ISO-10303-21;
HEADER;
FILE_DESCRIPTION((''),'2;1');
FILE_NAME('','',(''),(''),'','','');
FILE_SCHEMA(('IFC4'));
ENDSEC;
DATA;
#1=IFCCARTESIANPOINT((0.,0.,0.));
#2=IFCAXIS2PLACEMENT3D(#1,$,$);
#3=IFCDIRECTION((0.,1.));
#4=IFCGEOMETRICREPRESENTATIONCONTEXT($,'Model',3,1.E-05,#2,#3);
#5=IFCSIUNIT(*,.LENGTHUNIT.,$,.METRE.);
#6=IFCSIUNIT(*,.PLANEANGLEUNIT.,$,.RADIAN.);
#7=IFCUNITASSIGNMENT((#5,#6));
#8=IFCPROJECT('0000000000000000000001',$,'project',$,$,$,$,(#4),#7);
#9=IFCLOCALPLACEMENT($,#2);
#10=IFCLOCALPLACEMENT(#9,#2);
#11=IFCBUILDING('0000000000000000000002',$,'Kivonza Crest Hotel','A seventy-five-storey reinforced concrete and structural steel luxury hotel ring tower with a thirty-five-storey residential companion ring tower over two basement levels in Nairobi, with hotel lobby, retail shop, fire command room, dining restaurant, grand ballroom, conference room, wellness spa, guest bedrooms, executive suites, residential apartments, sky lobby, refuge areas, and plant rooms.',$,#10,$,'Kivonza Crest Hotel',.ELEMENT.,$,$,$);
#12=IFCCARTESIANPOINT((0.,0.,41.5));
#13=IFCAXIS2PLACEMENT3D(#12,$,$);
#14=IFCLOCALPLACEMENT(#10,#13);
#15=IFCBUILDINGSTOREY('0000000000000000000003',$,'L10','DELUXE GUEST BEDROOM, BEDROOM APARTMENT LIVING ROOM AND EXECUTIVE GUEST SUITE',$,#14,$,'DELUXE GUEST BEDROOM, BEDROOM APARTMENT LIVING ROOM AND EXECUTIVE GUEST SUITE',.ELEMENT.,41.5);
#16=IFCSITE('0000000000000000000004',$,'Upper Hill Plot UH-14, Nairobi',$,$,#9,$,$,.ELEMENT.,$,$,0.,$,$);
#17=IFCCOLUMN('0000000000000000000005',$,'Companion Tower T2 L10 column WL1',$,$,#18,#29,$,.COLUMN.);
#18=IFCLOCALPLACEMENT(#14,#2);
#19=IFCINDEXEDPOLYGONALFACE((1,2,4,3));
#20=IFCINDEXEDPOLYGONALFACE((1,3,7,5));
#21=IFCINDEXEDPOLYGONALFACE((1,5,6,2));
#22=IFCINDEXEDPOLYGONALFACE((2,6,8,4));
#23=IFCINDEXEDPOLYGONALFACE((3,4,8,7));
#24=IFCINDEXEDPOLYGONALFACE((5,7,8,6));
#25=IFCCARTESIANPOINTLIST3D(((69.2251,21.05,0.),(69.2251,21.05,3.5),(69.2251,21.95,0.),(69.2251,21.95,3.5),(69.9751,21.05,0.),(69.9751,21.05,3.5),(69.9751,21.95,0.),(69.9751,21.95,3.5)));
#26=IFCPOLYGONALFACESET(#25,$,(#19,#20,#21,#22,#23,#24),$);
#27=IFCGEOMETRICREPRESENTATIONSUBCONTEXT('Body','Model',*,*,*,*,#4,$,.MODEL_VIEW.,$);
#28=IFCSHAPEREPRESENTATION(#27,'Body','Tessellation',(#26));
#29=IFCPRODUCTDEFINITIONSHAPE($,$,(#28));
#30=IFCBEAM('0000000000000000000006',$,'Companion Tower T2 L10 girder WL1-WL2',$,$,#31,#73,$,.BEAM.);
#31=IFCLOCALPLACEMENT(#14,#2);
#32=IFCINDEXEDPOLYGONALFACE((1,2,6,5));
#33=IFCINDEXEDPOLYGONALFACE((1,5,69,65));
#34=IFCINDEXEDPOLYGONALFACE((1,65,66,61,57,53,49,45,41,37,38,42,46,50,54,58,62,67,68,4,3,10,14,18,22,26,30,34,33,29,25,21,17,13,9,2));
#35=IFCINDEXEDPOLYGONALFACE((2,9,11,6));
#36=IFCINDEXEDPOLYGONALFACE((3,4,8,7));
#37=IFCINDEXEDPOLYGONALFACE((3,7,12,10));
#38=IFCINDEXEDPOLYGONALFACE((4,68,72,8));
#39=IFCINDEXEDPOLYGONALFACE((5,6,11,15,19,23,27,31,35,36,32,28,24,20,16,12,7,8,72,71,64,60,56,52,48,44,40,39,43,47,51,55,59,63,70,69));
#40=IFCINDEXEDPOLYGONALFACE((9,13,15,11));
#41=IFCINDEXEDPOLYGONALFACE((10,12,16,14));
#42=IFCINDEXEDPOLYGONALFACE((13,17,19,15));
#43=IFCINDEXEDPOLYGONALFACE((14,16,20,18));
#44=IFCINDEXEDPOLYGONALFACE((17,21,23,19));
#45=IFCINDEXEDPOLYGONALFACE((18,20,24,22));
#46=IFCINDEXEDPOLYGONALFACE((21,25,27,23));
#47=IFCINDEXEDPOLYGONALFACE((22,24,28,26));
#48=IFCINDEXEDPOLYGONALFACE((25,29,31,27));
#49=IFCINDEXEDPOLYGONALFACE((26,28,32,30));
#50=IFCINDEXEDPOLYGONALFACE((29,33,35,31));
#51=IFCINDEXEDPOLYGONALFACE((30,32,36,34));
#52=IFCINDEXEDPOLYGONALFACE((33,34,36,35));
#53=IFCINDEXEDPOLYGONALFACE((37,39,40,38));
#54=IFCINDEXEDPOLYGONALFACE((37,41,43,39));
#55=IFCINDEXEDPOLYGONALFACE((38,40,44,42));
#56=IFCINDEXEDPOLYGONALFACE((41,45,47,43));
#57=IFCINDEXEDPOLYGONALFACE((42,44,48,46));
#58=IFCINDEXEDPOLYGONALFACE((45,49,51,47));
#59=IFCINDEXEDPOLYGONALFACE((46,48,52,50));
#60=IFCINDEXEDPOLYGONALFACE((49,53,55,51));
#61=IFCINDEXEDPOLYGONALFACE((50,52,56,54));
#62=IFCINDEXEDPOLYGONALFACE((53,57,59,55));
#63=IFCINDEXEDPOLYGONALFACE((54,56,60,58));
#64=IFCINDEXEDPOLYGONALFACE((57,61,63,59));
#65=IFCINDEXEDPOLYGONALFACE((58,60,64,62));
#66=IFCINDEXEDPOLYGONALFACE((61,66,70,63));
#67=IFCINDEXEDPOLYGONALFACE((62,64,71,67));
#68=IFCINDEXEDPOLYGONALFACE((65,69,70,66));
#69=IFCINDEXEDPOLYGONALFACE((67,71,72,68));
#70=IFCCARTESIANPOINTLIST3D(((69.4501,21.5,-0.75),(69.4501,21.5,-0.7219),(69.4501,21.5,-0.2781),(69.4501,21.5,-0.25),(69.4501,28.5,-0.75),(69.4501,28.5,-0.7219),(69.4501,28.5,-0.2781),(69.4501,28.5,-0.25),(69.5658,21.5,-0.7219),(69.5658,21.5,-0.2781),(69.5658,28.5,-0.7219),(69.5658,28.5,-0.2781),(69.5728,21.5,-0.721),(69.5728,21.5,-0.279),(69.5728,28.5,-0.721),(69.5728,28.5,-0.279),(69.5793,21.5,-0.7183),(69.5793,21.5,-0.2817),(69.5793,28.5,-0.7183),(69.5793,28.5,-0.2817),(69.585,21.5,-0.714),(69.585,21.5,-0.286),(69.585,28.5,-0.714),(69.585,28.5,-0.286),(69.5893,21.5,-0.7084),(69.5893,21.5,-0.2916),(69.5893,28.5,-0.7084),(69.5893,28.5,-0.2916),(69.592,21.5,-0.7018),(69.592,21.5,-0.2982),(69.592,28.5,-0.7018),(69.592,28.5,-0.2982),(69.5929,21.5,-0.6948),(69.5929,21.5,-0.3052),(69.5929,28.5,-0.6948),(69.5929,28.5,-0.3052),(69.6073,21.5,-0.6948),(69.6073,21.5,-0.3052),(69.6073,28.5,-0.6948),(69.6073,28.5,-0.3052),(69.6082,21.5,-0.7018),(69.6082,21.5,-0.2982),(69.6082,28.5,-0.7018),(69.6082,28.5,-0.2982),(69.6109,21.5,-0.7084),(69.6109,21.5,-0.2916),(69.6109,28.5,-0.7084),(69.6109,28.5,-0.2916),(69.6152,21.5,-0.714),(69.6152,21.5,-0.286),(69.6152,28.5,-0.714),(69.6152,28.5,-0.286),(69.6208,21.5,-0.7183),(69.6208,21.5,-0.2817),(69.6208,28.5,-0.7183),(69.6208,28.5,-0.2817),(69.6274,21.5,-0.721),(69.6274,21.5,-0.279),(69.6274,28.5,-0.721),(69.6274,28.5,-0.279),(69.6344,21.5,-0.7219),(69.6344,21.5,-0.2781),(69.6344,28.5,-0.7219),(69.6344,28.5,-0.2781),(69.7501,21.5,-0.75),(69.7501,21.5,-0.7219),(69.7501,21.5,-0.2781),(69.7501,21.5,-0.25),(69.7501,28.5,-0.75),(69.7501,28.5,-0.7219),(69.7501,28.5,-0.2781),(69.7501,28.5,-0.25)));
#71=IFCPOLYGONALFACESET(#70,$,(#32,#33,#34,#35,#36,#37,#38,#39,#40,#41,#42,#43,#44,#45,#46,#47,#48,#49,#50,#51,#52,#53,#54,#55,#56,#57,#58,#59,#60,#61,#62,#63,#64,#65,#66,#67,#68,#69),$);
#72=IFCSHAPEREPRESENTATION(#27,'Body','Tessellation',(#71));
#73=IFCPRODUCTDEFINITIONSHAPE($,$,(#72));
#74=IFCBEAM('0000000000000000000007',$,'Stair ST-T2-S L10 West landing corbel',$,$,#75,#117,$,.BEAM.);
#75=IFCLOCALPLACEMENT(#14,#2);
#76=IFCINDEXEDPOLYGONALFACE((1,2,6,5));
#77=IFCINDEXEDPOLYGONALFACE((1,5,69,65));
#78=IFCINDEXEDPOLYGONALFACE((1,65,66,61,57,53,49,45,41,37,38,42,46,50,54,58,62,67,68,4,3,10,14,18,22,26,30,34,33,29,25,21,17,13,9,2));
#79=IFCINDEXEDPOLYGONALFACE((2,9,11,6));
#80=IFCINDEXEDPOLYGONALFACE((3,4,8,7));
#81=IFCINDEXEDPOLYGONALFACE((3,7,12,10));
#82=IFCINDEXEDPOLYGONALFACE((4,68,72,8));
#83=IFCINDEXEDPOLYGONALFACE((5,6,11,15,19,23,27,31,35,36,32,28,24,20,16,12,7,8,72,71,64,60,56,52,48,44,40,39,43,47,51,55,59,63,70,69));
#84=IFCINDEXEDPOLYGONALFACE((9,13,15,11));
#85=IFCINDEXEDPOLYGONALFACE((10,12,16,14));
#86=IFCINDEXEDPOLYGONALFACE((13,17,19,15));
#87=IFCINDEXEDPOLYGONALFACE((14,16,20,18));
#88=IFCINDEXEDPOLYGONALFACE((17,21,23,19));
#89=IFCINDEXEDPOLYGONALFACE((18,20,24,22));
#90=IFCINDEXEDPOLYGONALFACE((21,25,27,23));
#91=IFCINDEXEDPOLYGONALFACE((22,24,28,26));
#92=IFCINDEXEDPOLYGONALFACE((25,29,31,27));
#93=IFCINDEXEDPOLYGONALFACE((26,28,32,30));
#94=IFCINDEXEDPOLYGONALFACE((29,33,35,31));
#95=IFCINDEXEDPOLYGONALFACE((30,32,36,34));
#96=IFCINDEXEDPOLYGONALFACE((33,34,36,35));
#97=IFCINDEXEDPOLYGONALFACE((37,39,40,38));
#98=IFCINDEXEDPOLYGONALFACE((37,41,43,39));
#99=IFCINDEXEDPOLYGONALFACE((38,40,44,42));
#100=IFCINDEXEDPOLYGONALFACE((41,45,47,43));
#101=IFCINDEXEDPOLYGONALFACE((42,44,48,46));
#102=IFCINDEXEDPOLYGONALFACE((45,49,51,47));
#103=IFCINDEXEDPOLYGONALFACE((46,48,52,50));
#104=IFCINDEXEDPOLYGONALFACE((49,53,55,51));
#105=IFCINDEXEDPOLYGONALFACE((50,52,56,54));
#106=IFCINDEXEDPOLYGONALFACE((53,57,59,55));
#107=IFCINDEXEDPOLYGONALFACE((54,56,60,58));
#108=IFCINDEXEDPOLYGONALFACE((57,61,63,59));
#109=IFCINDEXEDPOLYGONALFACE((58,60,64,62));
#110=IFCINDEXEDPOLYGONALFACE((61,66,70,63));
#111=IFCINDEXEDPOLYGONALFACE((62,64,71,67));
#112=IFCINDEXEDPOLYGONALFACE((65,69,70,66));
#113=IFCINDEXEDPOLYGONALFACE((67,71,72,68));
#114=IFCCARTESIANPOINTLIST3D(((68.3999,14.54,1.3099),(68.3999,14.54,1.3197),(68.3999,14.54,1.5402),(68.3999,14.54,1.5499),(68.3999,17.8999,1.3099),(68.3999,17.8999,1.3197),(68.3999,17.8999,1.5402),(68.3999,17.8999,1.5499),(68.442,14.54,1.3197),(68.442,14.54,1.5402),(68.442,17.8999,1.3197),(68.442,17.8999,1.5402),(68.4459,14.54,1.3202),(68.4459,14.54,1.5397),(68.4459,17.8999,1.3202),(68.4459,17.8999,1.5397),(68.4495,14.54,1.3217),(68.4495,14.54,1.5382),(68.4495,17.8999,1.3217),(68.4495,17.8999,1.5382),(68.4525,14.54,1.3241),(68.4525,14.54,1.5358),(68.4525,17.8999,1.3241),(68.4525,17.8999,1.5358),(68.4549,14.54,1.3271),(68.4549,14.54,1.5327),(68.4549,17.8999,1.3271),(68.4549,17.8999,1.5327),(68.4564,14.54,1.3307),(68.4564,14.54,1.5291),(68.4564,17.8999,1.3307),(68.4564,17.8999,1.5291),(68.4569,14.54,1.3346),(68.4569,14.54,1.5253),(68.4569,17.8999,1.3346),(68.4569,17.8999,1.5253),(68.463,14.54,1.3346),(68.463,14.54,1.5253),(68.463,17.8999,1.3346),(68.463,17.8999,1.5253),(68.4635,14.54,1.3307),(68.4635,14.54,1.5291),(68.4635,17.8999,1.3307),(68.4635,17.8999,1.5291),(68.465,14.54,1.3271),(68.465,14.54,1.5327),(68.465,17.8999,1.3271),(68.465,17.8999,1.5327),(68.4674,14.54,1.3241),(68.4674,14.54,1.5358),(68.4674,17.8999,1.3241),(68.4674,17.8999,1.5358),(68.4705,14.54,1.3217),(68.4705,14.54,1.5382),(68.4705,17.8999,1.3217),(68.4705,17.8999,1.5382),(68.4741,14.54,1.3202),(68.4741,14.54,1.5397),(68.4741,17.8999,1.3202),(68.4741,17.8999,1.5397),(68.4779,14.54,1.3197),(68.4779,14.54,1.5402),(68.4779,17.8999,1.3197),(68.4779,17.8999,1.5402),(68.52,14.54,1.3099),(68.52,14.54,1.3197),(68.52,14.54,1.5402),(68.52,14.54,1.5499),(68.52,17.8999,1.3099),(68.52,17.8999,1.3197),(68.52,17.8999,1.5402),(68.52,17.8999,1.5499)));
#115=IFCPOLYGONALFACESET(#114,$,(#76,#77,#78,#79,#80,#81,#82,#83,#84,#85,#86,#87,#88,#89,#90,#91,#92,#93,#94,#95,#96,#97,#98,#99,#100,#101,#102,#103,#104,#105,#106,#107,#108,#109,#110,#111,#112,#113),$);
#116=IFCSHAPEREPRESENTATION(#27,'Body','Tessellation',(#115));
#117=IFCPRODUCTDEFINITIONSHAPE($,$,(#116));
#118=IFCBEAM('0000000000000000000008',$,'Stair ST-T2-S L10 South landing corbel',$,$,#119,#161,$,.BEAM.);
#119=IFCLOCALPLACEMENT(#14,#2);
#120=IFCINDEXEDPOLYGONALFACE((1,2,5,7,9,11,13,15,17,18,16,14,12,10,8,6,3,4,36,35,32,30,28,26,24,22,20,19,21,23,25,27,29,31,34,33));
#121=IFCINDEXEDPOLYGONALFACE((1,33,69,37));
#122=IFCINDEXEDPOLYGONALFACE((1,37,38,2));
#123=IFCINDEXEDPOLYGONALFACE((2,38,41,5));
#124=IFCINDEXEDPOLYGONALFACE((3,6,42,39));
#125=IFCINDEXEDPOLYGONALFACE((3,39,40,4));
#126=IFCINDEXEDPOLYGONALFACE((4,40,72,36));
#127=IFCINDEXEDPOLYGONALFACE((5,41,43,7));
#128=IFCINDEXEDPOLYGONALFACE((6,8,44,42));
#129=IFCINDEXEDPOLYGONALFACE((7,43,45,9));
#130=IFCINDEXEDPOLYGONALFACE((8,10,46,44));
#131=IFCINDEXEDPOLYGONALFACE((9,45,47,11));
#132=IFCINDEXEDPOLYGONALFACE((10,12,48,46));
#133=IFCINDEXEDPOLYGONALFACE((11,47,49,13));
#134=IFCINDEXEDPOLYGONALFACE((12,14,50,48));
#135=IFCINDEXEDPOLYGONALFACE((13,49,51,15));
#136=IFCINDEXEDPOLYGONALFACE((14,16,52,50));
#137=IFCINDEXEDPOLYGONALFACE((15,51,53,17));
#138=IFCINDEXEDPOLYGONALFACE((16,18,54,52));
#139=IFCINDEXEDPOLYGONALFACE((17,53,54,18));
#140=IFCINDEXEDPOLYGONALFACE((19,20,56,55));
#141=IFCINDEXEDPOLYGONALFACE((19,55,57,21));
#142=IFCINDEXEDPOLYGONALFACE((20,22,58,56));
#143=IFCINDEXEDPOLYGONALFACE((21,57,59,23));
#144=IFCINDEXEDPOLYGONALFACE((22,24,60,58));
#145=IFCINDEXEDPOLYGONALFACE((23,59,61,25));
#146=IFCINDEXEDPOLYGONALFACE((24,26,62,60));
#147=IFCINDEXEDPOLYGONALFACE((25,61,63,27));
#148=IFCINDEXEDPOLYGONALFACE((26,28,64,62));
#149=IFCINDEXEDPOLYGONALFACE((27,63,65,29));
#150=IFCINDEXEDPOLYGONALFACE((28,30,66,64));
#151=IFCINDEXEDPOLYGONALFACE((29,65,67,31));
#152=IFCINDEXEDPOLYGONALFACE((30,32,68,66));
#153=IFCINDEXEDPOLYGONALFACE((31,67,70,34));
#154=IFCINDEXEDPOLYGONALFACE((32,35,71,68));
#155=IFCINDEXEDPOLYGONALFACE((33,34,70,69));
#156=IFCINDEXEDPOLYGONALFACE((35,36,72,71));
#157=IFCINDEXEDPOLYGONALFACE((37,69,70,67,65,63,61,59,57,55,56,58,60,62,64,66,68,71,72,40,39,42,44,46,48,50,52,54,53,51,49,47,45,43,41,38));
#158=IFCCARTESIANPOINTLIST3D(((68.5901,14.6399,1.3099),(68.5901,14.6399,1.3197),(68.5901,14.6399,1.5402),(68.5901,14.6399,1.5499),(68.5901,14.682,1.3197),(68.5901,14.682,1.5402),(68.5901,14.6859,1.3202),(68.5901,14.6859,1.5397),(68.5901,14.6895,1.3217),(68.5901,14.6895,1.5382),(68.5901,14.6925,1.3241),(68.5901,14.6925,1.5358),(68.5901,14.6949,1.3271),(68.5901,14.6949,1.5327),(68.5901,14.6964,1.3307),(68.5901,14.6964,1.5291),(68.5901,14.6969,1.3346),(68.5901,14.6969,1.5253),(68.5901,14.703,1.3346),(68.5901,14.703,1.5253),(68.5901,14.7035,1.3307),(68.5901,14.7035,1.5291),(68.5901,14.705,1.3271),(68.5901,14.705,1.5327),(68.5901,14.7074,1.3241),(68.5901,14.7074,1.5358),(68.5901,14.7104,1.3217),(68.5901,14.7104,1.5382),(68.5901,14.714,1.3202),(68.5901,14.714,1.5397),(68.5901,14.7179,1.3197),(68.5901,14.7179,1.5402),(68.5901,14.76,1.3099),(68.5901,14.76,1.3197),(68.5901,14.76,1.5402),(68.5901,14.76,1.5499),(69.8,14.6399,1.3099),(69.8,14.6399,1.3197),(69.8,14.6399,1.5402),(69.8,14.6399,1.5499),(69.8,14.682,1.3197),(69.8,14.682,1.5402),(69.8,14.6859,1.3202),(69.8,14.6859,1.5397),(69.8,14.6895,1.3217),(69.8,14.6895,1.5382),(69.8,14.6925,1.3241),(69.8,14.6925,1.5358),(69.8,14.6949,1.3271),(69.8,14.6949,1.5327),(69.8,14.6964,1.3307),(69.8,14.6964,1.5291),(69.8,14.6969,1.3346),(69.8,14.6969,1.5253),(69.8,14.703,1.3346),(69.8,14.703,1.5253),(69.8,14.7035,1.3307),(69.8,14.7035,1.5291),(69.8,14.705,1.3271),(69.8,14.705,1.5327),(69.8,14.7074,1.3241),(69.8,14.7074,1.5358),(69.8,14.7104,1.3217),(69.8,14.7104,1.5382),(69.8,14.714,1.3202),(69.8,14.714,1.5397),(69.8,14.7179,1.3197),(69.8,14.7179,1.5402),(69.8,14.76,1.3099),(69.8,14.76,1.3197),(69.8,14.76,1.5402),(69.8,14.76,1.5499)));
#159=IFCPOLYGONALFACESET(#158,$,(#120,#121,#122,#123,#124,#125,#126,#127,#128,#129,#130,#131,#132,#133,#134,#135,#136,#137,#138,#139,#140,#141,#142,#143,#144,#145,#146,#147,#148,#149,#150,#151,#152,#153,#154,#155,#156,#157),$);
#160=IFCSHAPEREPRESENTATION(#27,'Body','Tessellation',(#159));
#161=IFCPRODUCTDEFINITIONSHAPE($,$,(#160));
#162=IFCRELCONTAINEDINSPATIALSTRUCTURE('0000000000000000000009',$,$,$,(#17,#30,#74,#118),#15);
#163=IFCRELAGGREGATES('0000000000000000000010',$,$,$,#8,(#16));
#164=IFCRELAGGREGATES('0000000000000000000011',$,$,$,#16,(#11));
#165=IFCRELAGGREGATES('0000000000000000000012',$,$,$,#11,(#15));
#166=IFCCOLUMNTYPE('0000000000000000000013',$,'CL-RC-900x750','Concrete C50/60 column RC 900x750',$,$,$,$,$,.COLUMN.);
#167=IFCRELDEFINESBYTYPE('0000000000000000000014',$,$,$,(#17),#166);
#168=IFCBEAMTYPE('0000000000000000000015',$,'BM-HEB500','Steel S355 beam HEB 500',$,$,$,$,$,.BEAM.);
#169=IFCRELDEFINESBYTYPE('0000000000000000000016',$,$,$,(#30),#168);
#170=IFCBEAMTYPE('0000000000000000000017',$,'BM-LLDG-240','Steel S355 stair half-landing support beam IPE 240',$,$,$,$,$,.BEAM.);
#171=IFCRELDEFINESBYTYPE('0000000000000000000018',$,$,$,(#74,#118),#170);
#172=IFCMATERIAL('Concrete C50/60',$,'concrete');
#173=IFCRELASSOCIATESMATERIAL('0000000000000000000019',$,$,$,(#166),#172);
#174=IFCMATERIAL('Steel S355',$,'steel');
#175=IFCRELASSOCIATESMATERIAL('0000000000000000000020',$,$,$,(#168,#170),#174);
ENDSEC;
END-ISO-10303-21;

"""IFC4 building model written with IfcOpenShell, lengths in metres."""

from ifc_helpers import new_model, si_unit, direction, frame, origin, origin_2d, place, context, subcontext, project, spatial, rectangle, i_section, extrude, material, material_profile, profile_set, type_object, element, save


model = new_model("IFC4")

# Units and contexts
model_context = context("Model", 3, precision=1e-05, world=origin(), true_north=direction((0.0, 1.0)))
body_context = subcontext(model_context, "Body", "Model", "MODEL_VIEW")
ifc_project = project(units=[si_unit("LENGTHUNIT", "METRE"), si_unit("PLANEANGLEUNIT", "RADIAN")], contexts=[model_context])

# Site, building, storey
site_placement = place(None, origin())
site = spatial("IfcSite", under=ifc_project, at=site_placement, Name="Upper Hill Plot UH-14, Nairobi", CompositionType="ELEMENT", RefElevation=0.0)
building_placement = place(site_placement, origin())
building = spatial("IfcBuilding", under=site, at=building_placement, Name="Kivonza Crest Hotel", Description="A seventy-five-storey reinforced concrete and structural steel luxury hotel ring tower with a thirty-five-storey residential companion ring tower over two basement levels in Nairobi, with hotel lobby, retail shop, fire command room, dining restaurant, grand ballroom, conference room, wellness spa, guest bedrooms, executive suites, residential apartments, sky lobby, refuge areas, and plant rooms.", LongName="Kivonza Crest Hotel", CompositionType="ELEMENT")
storey_placement = place(building_placement, frame((0.0, 0.0, 41.5)))
storey = spatial("IfcBuildingStorey", under=building, at=storey_placement, Name="L10", Description="DELUXE GUEST BEDROOM, BEDROOM APARTMENT LIVING ROOM AND EXECUTIVE GUEST SUITE", LongName="DELUXE GUEST BEDROOM, BEDROOM APARTMENT LIVING ROOM AND EXECUTIVE GUEST SUITE", CompositionType="ELEMENT", Elevation=41.5)

# Column
ifc_material_1 = material(Name="Concrete C50/60", Category="concrete")
ifc_material_profile_1 = material_profile(ifc_material_1, rectangle(XDim=0.75, YDim=0.8999, at=origin_2d()), Name="RC 900x750")
ifc_profile_set_1 = profile_set([ifc_material_profile_1], Name="Concrete C50/60")
column_type = type_object("IfcColumnType", Name="CL-RC-900x750", Description="Concrete C50/60 column RC 900x750", PredefinedType="COLUMN", material=ifc_profile_set_1)
column_placement = place(storey_placement, frame((69.6001, 21.5, 0.0), z_axis=(0.0, 0.0, 1.0), x_axis=(1.0, 0.0, 0.0)))
element("IfcColumn", 1, at=column_placement, inside=storey, type_object=column_type, Name="Companion Tower T2 L10 column WL1", PredefinedType="COLUMN", context=body_context, shape_type="SweptSolid", body=[
    extrude(rectangle(XDim=0.75, YDim=0.8999, at=origin_2d()), origin(), (0.0, 0.0, 1.0), 3.5),
])

# Beams
ifc_material_2 = material(Name="Steel S355", Category="steel")
ifc_material_profile_2 = material_profile(ifc_material_2, i_section(OverallWidth=0.3, OverallDepth=0.5, WebThickness=0.0144, FlangeThickness=0.0281, FilletRadius=0.0271, at=origin_2d()), Name="HEB 500")
ifc_profile_set_2 = profile_set([ifc_material_profile_2], Name="Steel S355")
beam_type_1 = type_object("IfcBeamType", Name="BM-HEB500", Description="Steel S355 beam HEB 500", PredefinedType="BEAM", material=ifc_profile_set_2)
beam_1_placement = place(storey_placement, frame((69.6001, 21.5, -0.5), z_axis=(0.0, 1.0, 0.0), x_axis=(-1.0, 0.0, 0.0)))
element("IfcBeam", 2, at=beam_1_placement, inside=storey, type_object=beam_type_1, Name="Companion Tower T2 L10 girder WL1-WL2", PredefinedType="BEAM", context=body_context, shape_type="SweptSolid", body=[
    extrude(i_section(OverallWidth=0.3, OverallDepth=0.5, WebThickness=0.0144, FlangeThickness=0.0281, FilletRadius=0.0271, at=origin_2d()), origin(), (0.0, 0.0, 1.0), 7.0),
])
ifc_material_profile_3 = material_profile(ifc_material_2, i_section(OverallWidth=0.1201, OverallDepth=0.24, WebThickness=0.0061, FlangeThickness=0.0098, FilletRadius=0.0149, at=origin_2d()), Name="IPE 240")
ifc_profile_set_3 = profile_set([ifc_material_profile_3], Name="Steel S355")
beam_type_2 = type_object("IfcBeamType", Name="BM-LLDG-240", Description="Steel S355 stair half-landing support beam IPE 240", PredefinedType="BEAM", material=ifc_profile_set_3)
beam_2_placement = place(storey_placement, frame((68.46, 14.54, 1.4299), z_axis=(0.0, 1.0, 0.0), x_axis=(-1.0, 0.0, 0.0)))
element("IfcBeam", 3, at=beam_2_placement, inside=storey, type_object=beam_type_2, Name="Stair ST-T2-S L10 West landing corbel", PredefinedType="BEAM", context=body_context, shape_type="SweptSolid", body=[
    extrude(i_section(OverallWidth=0.1201, OverallDepth=0.24, WebThickness=0.0061, FlangeThickness=0.0098, FilletRadius=0.0149, at=origin_2d()), origin(), (0.0, 0.0, 1.0), 3.3599),
])
for number, where, z_axis, x_axis, name in (
    (4, (68.5901, 14.7, 1.4299), (1.0, 0.0, 0.0), (0.0, 1.0, 0.0), "Stair ST-T2-S L10 South landing corbel"),
):
    element("IfcBeam", number, at=place(storey_placement, frame(where, z_axis=z_axis, x_axis=x_axis)), inside=storey, type_object=beam_type_2, Name=name, PredefinedType="BEAM", context=body_context, shape_type="SweptSolid", body=[
        extrude(i_section(OverallWidth=0.1201, OverallDepth=0.24, WebThickness=0.0061, FlangeThickness=0.0098, FilletRadius=0.0149, at=origin_2d()), origin(), (0.0, 0.0, 1.0), 1.21),
    ])

save(model, "model.ifc")
